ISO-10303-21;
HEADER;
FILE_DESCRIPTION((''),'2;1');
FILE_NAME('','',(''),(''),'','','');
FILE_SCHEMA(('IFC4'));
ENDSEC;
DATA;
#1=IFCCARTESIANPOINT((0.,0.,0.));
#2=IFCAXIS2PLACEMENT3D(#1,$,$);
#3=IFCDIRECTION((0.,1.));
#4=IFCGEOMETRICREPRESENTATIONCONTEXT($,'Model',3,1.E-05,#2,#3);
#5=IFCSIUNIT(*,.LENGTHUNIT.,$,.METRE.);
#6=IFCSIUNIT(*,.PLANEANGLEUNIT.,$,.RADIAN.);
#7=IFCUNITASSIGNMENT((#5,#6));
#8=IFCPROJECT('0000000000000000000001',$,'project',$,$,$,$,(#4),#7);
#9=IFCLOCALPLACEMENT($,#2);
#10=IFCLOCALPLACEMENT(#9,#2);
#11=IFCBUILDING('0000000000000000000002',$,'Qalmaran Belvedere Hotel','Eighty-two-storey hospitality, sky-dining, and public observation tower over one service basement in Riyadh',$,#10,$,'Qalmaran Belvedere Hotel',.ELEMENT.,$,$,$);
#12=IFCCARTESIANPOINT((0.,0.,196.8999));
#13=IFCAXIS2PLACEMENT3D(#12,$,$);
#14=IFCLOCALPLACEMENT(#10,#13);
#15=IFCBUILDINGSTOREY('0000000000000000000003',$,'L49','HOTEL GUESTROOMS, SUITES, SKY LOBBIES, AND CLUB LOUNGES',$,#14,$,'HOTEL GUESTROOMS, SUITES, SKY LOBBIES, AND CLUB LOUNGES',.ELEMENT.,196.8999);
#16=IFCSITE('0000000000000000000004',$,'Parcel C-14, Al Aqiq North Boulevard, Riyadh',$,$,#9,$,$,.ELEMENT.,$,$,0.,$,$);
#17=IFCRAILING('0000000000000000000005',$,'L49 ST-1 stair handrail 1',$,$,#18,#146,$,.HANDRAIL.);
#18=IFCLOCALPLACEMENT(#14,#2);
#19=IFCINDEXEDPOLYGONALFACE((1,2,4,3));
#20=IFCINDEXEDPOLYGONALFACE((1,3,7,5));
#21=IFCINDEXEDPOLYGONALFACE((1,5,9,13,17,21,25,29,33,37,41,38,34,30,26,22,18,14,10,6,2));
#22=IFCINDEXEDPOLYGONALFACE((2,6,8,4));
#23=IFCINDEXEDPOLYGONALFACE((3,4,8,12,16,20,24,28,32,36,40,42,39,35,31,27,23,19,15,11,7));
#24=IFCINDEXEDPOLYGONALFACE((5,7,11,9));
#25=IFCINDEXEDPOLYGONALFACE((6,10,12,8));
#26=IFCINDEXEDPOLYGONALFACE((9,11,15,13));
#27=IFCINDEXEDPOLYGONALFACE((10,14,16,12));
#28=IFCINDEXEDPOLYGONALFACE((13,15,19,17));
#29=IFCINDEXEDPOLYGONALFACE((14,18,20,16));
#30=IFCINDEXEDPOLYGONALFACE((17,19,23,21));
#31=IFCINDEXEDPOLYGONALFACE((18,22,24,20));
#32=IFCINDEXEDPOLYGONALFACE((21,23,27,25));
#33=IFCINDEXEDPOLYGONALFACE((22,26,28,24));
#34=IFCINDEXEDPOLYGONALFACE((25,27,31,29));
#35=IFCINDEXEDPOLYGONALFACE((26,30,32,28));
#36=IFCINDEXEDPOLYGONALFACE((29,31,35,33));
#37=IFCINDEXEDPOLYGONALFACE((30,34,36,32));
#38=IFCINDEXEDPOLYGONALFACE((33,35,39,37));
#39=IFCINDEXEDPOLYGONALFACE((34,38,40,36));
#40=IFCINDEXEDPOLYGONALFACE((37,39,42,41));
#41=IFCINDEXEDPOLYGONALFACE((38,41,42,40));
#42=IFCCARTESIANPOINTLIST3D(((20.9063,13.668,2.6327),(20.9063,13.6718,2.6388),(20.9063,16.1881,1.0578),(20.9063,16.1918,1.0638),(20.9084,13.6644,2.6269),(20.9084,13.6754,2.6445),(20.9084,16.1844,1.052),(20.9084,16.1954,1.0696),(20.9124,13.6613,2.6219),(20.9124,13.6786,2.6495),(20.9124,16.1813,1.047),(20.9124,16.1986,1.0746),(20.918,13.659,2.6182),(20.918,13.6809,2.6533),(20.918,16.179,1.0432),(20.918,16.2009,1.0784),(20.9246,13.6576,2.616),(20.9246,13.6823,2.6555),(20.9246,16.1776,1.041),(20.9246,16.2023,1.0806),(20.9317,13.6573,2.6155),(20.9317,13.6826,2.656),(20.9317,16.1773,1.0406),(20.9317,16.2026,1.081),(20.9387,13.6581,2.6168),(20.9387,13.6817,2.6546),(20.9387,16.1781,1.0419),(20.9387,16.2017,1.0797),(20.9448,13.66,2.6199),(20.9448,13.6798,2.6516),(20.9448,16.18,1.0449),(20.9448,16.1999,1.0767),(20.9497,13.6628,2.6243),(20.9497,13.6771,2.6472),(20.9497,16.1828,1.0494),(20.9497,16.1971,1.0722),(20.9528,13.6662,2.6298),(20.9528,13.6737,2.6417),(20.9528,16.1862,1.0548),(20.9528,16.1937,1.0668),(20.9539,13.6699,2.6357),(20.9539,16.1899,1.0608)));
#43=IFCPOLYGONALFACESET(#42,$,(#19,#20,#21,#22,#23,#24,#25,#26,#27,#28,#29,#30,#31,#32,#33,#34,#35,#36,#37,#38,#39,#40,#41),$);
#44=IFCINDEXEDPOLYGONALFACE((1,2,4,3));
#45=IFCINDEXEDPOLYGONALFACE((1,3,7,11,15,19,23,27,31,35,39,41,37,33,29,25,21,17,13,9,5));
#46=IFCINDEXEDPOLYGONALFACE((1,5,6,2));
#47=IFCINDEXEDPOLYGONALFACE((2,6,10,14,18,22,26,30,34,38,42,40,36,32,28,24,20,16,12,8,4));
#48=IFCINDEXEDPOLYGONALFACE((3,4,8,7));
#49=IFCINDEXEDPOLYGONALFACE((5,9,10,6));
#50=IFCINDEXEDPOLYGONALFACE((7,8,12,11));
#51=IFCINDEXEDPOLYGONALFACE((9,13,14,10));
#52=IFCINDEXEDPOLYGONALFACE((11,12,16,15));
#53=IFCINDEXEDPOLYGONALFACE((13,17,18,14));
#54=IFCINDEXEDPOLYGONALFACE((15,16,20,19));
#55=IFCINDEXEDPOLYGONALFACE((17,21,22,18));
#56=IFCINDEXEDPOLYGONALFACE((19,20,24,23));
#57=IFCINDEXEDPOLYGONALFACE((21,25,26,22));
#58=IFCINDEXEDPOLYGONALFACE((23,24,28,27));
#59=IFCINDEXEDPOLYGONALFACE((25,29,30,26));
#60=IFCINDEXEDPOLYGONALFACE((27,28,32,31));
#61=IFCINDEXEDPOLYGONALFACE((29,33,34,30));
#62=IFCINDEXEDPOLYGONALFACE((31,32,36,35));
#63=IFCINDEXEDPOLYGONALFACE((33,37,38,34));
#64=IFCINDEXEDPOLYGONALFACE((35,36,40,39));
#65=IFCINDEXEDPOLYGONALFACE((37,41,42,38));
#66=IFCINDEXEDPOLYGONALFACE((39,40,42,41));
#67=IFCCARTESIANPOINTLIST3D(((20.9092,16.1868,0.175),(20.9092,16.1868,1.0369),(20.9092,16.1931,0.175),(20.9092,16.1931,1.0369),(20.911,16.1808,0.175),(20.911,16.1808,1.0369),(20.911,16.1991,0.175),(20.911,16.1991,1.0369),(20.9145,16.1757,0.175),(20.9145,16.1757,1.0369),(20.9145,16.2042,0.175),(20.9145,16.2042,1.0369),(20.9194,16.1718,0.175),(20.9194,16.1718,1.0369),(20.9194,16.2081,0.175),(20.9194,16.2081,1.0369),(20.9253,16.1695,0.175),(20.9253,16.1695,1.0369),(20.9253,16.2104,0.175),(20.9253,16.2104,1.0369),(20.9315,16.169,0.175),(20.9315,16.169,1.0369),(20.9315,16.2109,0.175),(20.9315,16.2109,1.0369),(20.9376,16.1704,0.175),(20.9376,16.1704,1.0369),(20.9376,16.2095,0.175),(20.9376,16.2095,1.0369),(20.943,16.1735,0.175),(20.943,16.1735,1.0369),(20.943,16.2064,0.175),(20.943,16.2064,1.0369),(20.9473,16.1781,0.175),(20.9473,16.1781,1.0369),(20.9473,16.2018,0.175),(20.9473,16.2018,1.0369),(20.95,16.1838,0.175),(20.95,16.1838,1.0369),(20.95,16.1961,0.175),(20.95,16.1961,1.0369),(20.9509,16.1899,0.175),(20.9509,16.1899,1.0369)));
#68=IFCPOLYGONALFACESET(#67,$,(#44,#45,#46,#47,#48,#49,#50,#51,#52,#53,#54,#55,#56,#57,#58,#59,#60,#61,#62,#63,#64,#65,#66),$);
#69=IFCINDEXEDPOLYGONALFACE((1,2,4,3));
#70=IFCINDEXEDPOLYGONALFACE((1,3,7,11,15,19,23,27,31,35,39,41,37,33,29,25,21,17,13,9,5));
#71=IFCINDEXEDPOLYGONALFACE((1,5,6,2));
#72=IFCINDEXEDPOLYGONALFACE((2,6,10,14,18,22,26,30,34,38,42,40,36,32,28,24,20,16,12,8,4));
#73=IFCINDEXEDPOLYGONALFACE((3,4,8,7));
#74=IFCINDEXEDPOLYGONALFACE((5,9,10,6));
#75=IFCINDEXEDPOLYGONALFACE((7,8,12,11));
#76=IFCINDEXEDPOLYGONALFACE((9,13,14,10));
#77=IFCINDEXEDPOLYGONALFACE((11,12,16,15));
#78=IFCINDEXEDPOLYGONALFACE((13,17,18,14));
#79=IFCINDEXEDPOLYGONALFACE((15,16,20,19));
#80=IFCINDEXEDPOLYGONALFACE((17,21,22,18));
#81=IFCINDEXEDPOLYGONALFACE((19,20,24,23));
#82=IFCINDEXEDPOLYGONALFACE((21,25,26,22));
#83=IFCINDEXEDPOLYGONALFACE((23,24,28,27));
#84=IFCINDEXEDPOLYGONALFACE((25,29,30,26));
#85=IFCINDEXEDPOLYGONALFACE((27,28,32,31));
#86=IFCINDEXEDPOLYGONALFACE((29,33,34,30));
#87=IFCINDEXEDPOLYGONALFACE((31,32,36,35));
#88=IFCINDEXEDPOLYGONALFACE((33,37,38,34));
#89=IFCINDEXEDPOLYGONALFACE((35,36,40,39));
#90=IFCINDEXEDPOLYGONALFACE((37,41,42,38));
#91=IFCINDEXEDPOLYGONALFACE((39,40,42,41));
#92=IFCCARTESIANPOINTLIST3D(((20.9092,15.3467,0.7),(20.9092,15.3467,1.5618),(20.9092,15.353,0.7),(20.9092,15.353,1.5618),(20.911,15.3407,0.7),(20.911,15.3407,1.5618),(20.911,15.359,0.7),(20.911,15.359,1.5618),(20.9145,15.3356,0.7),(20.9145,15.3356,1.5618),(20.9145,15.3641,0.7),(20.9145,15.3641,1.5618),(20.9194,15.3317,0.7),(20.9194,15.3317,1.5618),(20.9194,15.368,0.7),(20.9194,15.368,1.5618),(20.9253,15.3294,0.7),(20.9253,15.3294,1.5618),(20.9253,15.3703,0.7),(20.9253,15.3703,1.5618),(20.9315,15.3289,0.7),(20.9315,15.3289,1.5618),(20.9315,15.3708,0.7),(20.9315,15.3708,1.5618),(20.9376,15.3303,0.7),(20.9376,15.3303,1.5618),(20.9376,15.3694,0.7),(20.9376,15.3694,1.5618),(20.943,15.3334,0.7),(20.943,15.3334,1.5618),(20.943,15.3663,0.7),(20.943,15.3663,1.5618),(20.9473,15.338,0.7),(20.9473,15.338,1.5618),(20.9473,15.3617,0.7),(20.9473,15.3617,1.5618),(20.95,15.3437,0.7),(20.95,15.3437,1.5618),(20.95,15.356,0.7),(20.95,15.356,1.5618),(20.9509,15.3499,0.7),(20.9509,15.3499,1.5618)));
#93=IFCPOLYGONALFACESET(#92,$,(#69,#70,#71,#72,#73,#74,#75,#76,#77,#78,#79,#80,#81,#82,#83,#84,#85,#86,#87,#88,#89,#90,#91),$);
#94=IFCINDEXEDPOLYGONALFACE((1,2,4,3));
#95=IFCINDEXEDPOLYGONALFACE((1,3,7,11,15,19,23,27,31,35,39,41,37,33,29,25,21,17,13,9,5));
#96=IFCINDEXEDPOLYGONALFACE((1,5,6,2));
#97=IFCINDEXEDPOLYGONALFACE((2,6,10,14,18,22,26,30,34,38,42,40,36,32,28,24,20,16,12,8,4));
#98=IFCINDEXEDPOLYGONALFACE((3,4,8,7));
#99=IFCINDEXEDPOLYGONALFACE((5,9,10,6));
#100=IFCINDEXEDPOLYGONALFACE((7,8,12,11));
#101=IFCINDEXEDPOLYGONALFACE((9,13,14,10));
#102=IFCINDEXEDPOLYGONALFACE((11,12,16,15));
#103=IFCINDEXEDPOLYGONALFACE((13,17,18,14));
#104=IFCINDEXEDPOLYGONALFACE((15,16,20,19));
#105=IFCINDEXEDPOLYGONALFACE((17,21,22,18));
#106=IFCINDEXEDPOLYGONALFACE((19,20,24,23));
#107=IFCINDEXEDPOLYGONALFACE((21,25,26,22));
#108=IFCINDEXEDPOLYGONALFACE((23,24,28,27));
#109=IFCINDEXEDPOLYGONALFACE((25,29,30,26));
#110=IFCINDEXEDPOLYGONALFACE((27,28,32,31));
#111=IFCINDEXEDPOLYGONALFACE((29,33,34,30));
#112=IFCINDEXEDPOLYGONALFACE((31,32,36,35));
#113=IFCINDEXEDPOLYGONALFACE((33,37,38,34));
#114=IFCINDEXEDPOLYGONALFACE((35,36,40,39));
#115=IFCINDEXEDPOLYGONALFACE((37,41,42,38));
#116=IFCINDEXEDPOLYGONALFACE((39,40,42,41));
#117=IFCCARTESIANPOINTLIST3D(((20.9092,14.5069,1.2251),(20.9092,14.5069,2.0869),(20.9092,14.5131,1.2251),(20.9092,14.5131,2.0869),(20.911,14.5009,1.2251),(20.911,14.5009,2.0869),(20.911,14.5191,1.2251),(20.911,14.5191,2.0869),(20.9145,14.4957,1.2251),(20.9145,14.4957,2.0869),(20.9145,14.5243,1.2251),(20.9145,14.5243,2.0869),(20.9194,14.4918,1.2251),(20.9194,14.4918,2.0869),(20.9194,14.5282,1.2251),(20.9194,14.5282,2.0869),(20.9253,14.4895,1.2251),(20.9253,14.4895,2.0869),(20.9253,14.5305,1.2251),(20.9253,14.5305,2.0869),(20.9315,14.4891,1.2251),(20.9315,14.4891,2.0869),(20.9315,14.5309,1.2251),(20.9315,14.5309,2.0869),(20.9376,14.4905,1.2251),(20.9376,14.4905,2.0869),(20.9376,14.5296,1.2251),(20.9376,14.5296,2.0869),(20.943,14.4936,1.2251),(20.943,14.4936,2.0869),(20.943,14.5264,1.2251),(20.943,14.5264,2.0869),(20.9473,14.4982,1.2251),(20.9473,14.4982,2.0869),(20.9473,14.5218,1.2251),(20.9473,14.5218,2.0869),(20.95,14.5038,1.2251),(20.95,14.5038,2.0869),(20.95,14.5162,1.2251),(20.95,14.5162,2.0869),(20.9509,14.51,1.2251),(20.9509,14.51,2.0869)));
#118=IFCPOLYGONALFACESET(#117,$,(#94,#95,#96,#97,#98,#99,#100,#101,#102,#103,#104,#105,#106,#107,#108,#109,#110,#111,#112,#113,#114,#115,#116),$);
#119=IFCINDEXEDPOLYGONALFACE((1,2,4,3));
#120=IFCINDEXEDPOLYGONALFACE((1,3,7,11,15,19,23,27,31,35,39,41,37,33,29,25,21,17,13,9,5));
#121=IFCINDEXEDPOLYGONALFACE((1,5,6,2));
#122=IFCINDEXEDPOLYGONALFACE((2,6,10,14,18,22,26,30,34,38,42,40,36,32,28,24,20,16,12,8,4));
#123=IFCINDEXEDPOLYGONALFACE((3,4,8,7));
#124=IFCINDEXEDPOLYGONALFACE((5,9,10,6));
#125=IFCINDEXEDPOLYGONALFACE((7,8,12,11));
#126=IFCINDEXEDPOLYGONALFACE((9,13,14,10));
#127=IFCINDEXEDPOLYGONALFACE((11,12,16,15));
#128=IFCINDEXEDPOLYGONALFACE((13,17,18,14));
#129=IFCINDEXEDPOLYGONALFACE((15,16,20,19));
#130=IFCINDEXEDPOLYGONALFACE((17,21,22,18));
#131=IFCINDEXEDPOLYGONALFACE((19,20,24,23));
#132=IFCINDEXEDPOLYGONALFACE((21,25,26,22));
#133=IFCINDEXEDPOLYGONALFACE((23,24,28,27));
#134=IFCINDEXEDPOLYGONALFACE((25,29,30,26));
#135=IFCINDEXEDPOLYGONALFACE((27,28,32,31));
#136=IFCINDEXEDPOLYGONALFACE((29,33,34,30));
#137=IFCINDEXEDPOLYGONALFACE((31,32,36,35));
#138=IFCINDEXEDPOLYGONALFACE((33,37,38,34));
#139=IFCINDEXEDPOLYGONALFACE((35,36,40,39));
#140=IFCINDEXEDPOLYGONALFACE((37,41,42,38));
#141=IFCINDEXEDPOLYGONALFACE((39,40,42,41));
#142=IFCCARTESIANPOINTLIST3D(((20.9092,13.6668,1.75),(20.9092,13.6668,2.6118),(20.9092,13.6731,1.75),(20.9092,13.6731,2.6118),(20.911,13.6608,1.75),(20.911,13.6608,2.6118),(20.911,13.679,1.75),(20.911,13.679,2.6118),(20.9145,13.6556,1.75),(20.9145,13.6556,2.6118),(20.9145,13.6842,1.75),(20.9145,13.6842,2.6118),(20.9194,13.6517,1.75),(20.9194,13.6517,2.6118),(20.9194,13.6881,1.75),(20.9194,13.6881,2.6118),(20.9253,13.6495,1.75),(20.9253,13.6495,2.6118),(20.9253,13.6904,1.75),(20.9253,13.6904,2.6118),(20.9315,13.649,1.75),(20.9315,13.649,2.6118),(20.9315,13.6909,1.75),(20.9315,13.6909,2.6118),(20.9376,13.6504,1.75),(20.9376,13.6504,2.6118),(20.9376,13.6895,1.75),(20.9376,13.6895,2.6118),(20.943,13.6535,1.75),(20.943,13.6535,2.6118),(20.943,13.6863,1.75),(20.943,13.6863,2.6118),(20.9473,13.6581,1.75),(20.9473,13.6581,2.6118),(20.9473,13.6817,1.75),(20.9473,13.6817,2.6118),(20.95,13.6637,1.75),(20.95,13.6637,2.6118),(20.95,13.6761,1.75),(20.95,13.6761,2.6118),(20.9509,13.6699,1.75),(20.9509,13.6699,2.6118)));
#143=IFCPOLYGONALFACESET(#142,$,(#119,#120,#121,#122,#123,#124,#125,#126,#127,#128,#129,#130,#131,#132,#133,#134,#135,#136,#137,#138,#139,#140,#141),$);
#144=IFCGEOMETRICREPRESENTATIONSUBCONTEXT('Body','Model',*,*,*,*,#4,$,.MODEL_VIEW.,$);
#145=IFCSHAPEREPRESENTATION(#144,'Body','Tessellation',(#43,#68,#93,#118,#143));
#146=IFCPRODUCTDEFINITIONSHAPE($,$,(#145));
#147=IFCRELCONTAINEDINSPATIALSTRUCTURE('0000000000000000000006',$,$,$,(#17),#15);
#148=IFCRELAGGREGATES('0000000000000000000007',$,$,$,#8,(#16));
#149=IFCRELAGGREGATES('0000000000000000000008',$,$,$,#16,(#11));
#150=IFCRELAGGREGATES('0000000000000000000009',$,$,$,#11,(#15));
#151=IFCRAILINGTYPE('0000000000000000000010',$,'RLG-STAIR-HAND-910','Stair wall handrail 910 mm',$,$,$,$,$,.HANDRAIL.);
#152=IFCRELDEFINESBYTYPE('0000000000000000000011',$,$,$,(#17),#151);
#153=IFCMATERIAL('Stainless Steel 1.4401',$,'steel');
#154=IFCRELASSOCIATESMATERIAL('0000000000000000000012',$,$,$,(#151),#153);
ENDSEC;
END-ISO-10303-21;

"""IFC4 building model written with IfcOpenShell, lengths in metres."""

from ifc_helpers import new_model, si_unit, direction, frame, origin, origin_2d, place, context, subcontext, project, spatial, circle, extrude, material, type_object, element, save


model = new_model("IFC4")

# Units and contexts
model_context = context("Model", 3, precision=1e-05, world=origin(), true_north=direction((0.0, 1.0)))
body_context = subcontext(model_context, "Body", "Model", "MODEL_VIEW")
ifc_project = project(units=[si_unit("LENGTHUNIT", "METRE"), si_unit("PLANEANGLEUNIT", "RADIAN")], contexts=[model_context])

# Site, building, storey
site_placement = place(None, origin())
site = spatial("IfcSite", under=ifc_project, at=site_placement, Name="Parcel C-14, Al Aqiq North Boulevard, Riyadh", CompositionType="ELEMENT", RefElevation=0.0)
building_placement = place(site_placement, origin())
building = spatial("IfcBuilding", under=site, at=building_placement, Name="Qalmaran Belvedere Hotel", Description="Eighty-two-storey hospitality, sky-dining, and public observation tower over one service basement in Riyadh", LongName="Qalmaran Belvedere Hotel", CompositionType="ELEMENT")
storey_placement = place(building_placement, frame((0.0, 0.0, 196.8999)))
storey = spatial("IfcBuildingStorey", under=building, at=storey_placement, Name="L49", Description="HOTEL GUESTROOMS, SUITES, SKY LOBBIES, AND CLUB LOUNGES", LongName="HOTEL GUESTROOMS, SUITES, SKY LOBBIES, AND CLUB LOUNGES", CompositionType="ELEMENT", Elevation=196.8999)

# Shared definitions
ifc_material_1 = material(Name="Stainless Steel 1.4401", Category="steel")

# Railing
railing_type_1 = type_object("IfcRailingType", Name="RLG-STAIR-HAND-910", Description="Stair wall handrail 910 mm", PredefinedType="HANDRAIL", material=ifc_material_1)
railing_1_placement = place(storey_placement, frame((20.9299, 16.1899, 0.175)))
element("IfcRailing", 1, at=railing_1_placement, inside=storey, type_object=railing_type_1, Name="L49 ST-1 stair handrail 1", PredefinedType="HANDRAIL", context=body_context, shape_type="SweptSolid", body=[
    extrude(circle(Radius=0.0239, at=origin_2d()), frame((0.0, 0.0, 0.8857), z_axis=(0.0, -0.848008, 0.529984), x_axis=(1.0, 0.0, 0.0)), (0.0, 0.0, 1.0), 2.9717),
    extrude(circle(Radius=0.021, at=origin_2d()), origin(), (0.0, 0.0, 1.0), 0.8618),
    extrude(circle(Radius=0.021, at=origin_2d()), frame((0.0, -0.8401, 0.5249)), (0.0, 0.0, 1.0), 0.8618),
    extrude(circle(Radius=0.021, at=origin_2d()), frame((0.0, -1.6799, 1.05)), (0.0, 0.0, 1.0), 0.8618),
    extrude(circle(Radius=0.021, at=origin_2d()), frame((0.0, -2.52, 1.575)), (0.0, 0.0, 1.0), 0.8618),
])

save(model, "model.ifc")
